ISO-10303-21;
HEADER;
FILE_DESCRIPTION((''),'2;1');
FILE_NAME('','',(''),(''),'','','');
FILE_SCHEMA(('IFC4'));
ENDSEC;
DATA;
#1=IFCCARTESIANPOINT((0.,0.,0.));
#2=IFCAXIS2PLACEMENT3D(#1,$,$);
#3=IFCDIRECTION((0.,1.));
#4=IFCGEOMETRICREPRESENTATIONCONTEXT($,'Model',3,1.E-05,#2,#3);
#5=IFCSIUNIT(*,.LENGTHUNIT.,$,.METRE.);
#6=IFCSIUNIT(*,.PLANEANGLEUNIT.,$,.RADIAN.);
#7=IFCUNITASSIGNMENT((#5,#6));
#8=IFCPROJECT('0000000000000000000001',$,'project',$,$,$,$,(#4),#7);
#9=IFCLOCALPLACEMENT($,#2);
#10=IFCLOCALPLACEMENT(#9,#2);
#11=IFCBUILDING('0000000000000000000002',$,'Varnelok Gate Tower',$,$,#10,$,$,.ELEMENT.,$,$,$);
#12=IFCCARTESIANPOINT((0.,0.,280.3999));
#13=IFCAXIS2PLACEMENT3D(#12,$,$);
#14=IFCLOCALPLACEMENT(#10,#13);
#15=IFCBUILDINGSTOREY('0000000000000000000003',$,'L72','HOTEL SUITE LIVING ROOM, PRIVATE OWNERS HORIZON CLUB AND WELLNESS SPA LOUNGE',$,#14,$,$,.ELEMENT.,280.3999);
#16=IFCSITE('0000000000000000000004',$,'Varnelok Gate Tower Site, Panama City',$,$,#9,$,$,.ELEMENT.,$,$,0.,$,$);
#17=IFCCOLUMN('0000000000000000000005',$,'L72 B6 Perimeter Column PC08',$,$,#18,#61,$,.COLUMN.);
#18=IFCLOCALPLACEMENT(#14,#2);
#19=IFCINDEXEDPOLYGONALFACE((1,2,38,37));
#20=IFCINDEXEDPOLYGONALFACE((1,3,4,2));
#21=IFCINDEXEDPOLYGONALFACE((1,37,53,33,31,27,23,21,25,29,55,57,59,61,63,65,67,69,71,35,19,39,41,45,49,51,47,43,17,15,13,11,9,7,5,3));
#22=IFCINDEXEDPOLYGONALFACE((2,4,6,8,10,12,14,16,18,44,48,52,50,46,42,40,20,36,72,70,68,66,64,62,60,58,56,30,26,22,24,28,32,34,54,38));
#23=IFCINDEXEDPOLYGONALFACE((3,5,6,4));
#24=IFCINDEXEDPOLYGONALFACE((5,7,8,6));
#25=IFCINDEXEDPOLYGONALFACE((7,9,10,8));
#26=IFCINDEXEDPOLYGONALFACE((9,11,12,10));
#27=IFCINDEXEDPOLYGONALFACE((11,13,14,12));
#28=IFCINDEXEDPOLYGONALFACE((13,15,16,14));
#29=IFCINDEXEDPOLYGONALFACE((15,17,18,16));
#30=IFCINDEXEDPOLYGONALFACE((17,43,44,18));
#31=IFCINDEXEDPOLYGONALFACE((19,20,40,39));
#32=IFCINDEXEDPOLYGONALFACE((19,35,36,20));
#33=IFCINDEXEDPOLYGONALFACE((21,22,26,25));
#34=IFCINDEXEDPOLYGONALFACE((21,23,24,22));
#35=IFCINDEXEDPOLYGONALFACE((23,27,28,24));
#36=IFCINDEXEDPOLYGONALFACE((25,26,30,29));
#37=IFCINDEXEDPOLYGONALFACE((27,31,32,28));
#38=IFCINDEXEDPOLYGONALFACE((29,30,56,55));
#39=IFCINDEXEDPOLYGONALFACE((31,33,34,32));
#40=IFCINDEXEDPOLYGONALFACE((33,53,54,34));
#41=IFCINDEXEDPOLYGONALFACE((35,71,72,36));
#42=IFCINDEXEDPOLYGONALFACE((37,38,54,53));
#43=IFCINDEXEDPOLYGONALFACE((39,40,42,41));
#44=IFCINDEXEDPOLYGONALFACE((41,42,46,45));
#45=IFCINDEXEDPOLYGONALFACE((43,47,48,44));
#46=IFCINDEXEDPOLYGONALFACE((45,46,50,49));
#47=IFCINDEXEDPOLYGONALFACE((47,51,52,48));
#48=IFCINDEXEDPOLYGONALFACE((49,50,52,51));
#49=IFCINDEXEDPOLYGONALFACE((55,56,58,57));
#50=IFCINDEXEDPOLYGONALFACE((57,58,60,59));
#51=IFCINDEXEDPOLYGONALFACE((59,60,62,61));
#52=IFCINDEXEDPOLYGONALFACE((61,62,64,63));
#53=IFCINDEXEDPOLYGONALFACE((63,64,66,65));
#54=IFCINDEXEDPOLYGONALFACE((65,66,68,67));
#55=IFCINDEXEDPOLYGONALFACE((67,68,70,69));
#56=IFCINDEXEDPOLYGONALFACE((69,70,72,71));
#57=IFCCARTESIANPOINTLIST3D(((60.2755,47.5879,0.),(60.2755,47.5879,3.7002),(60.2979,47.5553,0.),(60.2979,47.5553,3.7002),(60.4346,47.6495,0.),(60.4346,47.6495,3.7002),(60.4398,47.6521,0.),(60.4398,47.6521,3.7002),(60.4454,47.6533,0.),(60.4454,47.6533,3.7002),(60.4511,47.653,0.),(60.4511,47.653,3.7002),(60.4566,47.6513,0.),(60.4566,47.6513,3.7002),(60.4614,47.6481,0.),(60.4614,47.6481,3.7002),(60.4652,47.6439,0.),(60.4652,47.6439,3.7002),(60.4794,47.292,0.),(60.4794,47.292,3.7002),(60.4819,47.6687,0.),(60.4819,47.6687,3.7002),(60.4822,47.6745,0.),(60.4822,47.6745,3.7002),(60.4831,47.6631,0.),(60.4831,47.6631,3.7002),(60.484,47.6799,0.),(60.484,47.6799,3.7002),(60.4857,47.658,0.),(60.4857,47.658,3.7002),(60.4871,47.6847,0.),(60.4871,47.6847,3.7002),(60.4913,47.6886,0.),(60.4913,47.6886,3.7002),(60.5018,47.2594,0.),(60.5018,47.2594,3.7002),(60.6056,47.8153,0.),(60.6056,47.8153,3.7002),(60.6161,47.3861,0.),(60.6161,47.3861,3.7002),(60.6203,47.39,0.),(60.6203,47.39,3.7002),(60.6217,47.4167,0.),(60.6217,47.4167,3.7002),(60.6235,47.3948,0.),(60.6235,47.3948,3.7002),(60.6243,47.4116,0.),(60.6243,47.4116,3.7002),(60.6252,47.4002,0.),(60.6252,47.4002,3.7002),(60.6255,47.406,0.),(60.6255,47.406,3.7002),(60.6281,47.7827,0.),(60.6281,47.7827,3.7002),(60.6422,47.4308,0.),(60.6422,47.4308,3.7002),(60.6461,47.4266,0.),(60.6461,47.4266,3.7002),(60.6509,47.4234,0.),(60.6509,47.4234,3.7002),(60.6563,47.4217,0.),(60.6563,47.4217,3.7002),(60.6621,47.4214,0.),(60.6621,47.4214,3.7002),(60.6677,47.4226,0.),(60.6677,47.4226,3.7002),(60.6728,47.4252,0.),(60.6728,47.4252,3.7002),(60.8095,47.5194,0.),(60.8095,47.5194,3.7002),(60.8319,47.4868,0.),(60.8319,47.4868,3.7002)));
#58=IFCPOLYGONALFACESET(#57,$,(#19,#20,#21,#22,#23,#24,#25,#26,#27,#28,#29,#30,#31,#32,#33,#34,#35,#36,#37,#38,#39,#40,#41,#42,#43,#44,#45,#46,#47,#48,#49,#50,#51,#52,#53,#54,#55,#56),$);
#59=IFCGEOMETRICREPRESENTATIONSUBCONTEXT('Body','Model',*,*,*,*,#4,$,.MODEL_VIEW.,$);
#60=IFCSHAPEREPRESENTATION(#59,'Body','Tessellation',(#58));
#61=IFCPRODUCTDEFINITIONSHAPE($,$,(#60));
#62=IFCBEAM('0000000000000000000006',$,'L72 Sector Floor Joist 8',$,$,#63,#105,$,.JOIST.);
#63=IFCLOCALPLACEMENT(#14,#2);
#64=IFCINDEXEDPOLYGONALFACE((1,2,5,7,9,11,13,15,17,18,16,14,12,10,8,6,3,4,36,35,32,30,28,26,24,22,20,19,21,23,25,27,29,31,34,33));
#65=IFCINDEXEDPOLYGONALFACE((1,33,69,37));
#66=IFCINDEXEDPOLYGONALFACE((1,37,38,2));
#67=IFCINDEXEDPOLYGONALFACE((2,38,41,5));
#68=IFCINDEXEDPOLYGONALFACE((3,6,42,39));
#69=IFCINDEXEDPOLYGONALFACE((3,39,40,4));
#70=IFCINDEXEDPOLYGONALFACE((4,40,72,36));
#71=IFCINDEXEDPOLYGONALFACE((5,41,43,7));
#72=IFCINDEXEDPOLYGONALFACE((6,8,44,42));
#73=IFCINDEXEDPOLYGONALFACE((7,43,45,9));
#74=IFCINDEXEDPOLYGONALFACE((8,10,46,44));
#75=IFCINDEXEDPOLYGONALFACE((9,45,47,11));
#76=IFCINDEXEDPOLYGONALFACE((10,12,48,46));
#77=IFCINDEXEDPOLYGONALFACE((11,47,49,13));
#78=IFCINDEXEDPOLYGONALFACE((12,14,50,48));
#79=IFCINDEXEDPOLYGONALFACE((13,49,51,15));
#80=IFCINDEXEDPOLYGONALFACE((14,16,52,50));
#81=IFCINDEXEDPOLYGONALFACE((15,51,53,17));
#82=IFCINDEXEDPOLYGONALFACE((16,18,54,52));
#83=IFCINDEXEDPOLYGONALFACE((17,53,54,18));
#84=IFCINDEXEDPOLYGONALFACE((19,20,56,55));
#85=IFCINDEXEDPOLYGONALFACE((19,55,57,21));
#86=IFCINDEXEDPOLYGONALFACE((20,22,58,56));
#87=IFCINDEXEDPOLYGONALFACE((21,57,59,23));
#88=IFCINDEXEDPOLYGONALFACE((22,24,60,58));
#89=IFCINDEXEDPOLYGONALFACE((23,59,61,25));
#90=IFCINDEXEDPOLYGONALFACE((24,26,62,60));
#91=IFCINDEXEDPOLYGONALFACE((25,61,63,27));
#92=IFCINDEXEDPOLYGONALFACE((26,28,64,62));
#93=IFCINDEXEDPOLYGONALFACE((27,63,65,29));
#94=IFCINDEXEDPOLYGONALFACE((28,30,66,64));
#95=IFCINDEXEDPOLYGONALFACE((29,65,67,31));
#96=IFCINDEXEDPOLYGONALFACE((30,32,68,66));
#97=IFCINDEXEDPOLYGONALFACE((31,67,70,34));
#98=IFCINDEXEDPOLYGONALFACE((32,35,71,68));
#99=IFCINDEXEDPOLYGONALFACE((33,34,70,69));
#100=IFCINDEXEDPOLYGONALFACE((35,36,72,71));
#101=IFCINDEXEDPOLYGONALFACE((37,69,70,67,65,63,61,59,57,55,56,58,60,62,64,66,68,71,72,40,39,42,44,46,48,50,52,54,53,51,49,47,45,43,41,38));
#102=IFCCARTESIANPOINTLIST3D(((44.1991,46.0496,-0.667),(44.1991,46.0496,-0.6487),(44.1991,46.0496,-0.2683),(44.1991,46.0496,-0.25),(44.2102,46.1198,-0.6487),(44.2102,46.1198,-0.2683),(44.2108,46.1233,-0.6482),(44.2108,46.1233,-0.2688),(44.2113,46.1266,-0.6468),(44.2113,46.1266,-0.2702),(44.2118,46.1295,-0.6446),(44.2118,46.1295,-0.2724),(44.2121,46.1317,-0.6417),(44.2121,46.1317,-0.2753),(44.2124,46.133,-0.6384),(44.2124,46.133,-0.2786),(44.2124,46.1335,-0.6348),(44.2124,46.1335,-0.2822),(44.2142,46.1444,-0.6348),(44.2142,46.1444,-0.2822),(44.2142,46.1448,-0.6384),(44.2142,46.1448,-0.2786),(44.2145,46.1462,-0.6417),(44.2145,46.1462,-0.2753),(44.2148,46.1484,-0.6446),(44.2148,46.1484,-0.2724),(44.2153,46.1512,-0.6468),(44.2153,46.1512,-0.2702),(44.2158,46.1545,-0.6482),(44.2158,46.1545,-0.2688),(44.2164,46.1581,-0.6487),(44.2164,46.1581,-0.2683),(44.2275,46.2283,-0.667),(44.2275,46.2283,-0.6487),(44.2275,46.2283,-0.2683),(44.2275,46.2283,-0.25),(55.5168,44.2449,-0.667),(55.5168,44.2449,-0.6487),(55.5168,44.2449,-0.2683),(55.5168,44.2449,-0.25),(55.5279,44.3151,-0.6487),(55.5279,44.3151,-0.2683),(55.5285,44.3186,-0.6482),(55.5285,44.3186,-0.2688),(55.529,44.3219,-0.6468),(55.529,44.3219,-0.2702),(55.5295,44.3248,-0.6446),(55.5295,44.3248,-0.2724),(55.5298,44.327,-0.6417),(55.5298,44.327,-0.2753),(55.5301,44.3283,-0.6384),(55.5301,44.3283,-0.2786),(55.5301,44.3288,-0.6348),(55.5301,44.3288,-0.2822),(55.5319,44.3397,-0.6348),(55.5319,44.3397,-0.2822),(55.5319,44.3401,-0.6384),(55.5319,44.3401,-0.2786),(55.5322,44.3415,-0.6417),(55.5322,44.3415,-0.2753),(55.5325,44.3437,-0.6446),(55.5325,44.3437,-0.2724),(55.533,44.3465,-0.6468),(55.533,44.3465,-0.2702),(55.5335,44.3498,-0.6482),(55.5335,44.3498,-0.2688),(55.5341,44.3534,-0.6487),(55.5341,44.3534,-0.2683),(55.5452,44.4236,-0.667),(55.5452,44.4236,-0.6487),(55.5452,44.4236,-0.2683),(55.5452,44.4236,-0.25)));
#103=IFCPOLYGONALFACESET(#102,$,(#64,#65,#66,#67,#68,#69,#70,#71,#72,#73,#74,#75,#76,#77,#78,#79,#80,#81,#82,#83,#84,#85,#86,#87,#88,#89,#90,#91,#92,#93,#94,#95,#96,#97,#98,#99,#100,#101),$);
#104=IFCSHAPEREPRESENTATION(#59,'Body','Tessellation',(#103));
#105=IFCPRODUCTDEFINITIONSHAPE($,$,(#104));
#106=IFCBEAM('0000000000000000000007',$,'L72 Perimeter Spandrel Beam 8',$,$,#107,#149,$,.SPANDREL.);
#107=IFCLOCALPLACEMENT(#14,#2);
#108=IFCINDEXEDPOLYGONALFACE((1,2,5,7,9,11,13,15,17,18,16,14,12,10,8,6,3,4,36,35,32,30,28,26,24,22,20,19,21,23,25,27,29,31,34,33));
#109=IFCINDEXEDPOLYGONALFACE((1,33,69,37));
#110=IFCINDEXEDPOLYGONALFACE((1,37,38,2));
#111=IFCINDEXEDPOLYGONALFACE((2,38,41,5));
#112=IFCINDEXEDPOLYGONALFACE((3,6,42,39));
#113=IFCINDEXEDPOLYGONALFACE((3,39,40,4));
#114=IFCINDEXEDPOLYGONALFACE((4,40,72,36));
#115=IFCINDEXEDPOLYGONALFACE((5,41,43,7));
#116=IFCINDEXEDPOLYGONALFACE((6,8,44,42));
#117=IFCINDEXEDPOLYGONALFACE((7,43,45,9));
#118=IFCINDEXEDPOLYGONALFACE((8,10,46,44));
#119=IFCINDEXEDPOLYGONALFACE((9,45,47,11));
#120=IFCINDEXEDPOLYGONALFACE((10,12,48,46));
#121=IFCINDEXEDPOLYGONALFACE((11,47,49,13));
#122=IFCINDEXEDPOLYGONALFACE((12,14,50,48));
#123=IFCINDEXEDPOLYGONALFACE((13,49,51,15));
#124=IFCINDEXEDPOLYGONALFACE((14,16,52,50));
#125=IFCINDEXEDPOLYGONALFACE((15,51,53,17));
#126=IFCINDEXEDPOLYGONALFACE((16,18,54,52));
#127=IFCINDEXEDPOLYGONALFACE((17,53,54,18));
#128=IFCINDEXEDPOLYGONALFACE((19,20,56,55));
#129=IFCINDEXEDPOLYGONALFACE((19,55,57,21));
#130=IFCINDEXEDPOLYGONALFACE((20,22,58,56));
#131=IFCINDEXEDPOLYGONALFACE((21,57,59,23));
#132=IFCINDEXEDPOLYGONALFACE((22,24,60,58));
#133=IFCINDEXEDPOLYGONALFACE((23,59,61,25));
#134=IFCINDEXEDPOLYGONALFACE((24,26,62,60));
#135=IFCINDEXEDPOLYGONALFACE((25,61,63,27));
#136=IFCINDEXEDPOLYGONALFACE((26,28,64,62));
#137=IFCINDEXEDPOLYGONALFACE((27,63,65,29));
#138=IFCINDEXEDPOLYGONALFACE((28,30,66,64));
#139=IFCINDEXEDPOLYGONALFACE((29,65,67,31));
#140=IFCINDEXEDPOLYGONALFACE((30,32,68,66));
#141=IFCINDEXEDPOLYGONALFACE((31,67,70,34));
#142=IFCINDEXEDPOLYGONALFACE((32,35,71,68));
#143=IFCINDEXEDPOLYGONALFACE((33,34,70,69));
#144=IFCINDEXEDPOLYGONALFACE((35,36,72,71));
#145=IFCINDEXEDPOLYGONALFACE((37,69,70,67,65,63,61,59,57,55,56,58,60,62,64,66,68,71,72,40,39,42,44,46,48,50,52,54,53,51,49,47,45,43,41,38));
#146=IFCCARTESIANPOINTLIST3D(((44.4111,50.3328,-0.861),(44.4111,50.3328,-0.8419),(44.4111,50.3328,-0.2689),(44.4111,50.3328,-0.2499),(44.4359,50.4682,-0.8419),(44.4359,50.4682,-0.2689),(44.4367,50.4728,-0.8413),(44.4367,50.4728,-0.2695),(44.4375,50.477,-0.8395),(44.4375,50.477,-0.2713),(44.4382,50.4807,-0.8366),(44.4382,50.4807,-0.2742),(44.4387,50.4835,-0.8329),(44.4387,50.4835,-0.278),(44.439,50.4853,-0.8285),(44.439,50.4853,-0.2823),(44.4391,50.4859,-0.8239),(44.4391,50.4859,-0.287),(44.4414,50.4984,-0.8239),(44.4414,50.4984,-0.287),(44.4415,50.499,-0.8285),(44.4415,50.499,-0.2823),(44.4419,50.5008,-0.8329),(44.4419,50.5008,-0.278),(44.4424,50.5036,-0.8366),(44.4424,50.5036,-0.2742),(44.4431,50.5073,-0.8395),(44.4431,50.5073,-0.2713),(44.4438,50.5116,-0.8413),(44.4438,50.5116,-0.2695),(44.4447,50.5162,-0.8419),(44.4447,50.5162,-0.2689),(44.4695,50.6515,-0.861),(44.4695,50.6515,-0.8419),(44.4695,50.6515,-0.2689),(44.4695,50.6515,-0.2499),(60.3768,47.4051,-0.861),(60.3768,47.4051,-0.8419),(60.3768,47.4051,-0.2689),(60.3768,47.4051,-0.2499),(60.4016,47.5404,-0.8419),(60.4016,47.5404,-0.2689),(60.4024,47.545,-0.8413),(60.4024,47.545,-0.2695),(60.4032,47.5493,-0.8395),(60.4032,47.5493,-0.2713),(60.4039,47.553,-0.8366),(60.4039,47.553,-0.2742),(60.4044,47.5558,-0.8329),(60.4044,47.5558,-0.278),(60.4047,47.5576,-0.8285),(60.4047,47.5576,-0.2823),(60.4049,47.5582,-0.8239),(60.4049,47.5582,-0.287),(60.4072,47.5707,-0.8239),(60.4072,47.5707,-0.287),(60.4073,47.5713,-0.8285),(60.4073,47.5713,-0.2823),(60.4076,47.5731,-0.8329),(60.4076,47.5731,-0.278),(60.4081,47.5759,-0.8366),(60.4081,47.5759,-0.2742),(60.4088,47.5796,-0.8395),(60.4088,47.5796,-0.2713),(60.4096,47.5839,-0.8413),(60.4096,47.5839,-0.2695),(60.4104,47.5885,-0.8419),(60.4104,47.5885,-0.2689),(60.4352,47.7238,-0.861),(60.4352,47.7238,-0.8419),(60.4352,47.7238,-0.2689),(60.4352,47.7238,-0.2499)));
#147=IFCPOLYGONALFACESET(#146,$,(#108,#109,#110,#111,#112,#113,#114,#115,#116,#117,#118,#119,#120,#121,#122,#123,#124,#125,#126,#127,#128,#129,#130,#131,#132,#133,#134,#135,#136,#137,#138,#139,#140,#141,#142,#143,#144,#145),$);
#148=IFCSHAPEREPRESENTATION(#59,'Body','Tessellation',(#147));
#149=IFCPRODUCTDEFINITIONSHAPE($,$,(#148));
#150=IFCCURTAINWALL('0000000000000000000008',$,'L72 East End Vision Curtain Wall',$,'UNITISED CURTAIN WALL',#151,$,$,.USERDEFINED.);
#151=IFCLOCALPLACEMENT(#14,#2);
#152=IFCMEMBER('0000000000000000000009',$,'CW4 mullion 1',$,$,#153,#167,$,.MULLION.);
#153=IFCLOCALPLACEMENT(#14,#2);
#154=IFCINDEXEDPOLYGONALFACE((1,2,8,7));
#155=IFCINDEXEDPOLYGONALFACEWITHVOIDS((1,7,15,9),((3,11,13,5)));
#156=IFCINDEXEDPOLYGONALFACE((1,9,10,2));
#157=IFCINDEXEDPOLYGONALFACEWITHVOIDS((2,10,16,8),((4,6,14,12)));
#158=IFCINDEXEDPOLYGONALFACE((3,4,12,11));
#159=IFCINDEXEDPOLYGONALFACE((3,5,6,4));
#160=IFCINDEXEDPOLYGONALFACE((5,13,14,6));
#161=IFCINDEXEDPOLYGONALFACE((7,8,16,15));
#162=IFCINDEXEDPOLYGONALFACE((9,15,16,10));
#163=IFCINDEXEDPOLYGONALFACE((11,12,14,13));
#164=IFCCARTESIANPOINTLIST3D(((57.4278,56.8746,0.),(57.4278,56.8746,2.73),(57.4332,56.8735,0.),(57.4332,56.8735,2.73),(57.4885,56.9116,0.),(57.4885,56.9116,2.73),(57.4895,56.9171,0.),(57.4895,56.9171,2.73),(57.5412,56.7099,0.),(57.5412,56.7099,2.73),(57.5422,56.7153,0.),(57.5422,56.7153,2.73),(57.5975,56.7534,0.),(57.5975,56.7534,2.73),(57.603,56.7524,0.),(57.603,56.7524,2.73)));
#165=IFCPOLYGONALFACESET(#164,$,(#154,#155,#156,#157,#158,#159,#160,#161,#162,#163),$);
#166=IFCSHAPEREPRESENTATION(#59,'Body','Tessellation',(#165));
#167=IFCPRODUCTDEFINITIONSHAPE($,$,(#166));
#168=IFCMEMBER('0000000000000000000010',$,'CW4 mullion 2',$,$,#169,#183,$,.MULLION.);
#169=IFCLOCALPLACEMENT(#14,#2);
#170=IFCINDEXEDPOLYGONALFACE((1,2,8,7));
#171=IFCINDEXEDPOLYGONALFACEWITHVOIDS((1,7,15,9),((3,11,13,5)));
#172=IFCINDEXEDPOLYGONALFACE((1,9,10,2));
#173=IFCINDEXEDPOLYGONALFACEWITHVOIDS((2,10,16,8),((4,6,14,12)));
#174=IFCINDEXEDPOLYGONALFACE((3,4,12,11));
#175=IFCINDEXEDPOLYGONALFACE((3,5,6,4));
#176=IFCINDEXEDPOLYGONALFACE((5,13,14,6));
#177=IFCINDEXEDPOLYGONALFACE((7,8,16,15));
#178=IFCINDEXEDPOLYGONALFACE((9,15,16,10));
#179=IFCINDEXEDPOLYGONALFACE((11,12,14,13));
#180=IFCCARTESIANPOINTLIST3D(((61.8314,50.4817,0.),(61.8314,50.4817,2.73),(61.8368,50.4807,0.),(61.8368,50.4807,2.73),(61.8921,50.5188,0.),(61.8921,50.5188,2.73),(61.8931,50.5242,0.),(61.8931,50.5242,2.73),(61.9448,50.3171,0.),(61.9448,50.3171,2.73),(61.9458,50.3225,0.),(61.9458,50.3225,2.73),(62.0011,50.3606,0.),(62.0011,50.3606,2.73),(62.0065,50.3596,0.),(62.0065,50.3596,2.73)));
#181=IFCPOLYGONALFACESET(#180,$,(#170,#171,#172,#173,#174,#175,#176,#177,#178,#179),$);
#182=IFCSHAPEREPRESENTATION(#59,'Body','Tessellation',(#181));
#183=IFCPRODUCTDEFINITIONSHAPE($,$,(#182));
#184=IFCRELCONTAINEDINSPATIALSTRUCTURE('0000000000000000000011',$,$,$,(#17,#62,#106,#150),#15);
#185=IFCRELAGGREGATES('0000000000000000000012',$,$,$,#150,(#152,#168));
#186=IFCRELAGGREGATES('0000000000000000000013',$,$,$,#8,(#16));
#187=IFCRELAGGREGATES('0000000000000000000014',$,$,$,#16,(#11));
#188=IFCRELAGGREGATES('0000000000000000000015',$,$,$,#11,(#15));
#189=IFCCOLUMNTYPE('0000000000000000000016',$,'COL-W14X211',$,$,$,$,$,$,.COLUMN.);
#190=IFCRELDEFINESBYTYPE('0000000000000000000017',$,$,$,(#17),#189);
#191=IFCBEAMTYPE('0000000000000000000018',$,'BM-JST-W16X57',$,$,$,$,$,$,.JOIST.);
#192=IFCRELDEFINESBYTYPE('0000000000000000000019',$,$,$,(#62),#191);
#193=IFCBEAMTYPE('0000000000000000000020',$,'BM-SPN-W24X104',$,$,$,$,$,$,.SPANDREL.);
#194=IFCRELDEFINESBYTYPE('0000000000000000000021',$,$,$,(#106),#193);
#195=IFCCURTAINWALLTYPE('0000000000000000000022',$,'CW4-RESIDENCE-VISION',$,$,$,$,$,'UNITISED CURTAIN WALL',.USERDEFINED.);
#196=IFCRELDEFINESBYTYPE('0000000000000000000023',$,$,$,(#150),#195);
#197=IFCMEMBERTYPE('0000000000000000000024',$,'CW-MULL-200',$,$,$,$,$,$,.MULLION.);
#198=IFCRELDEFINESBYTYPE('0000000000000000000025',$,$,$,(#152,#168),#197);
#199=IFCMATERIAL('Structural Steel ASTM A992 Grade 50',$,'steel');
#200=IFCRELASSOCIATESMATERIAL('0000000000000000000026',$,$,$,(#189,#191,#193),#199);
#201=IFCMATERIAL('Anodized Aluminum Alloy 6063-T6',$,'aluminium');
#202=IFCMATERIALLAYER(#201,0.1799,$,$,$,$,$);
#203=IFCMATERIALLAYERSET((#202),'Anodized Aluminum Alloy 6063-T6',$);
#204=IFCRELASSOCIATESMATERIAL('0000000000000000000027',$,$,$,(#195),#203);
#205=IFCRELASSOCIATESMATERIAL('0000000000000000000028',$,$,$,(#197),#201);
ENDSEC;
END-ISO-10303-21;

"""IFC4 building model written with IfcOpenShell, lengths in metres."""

from ifc_helpers import new_model, si_unit, direction, frame, origin, origin_2d, place, context, subcontext, project, spatial, hollow_rectangle, i_section, extrude, material, layer, layer_set, material_profile, profile_set, type_object, element, aggregate, save


model = new_model("IFC4")

# Units and contexts
model_context = context("Model", 3, precision=1e-05, world=origin(), true_north=direction((0.0, 1.0)))
body_context = subcontext(model_context, "Body", "Model", "MODEL_VIEW")
ifc_project = project(units=[si_unit("LENGTHUNIT", "METRE"), si_unit("PLANEANGLEUNIT", "RADIAN")], contexts=[model_context])

# Site, building, storey
site_placement = place(None, origin())
site = spatial("IfcSite", under=ifc_project, at=site_placement, Name="Varnelok Gate Tower Site, Panama City", CompositionType="ELEMENT", RefElevation=0.0)
building_placement = place(site_placement, origin())
building = spatial("IfcBuilding", under=site, at=building_placement, Name="Varnelok Gate Tower", CompositionType="ELEMENT")
storey_placement = place(building_placement, frame((0.0, 0.0, 280.3999)))
storey = spatial("IfcBuildingStorey", under=building, at=storey_placement, Name="L72", Description="HOTEL SUITE LIVING ROOM, PRIVATE OWNERS HORIZON CLUB AND WELLNESS SPA LOUNGE", CompositionType="ELEMENT", Elevation=280.3999)

# Column
ifc_material_1 = material(Name="Structural Steel ASTM A992 Grade 50", Category="steel")
ifc_material_profile_1 = material_profile(ifc_material_1, i_section(OverallWidth=0.4009, OverallDepth=0.3989, WebThickness=0.0249, FlangeThickness=0.0396, FilletRadius=0.022, at=origin_2d()), Name="W14X211")
ifc_profile_set_1 = profile_set([ifc_material_profile_1], Name="Structural Steel ASTM A992 Grade 50")
column_type = type_object("IfcColumnType", Name="COL-W14X211", PredefinedType="COLUMN", material=ifc_profile_set_1)
column_placement = place(storey_placement, frame((60.5537, 47.5374, 0.0), z_axis=(0.0, 0.0, 1.0), x_axis=(0.823533, 0.567269, 0.0)))
element("IfcColumn", 1, at=column_placement, inside=storey, type_object=column_type, Name="L72 B6 Perimeter Column PC08", PredefinedType="COLUMN", context=body_context, shape_type="SweptSolid", body=[
    extrude(i_section(OverallWidth=0.4009, OverallDepth=0.3989, WebThickness=0.0249, FlangeThickness=0.0396, FilletRadius=0.022, at=origin_2d()), origin(), (0.0, 0.0, 1.0), 3.7002),
])

# Beams
ifc_material_profile_2 = material_profile(ifc_material_1, i_section(OverallWidth=0.1809, OverallDepth=0.417, WebThickness=0.011, FlangeThickness=0.0183, FilletRadius=0.0139, at=origin_2d()), Name="W16X57")
ifc_profile_set_2 = profile_set([ifc_material_profile_2], Name="Structural Steel ASTM A992 Grade 50")
beam_type_1 = type_object("IfcBeamType", Name="BM-JST-W16X57", PredefinedType="JOIST", material=ifc_profile_set_2)
beam_1_placement = place(storey_placement, frame((55.531, 44.3342, -0.4585), z_axis=(-0.987524, 0.157469, 0.0), x_axis=(-0.157469, -0.987524, 0.0)))
element("IfcBeam", 2, at=beam_1_placement, inside=storey, type_object=beam_type_1, Name="L72 Sector Floor Joist 8", PredefinedType="JOIST", context=body_context, shape_type="SweptSolid", body=[
    extrude(i_section(OverallWidth=0.1809, OverallDepth=0.417, WebThickness=0.011, FlangeThickness=0.0183, FilletRadius=0.0139, at=origin_2d()), origin(), (0.0, 0.0, 1.0), 11.4607),
])
ifc_material_profile_3 = material_profile(ifc_material_1, i_section(OverallWidth=0.324, OverallDepth=0.6111, WebThickness=0.0127, FlangeThickness=0.019, FilletRadius=0.0181, at=origin_2d()), Name="W24X104")
ifc_profile_set_3 = profile_set([ifc_material_profile_3], Name="Structural Steel ASTM A992 Grade 50")
beam_type_2 = type_object("IfcBeamType", Name="BM-SPN-W24X104", PredefinedType="SPANDREL", material=ifc_profile_set_3)
beam_2_placement = place(storey_placement, frame((60.406, 47.5645, -0.5554), z_axis=(-0.983599, 0.180368, 0.0), x_axis=(-0.180368, -0.983599, 0.0)))
element("IfcBeam", 3, at=beam_2_placement, inside=storey, type_object=beam_type_2, Name="L72 Perimeter Spandrel Beam 8", PredefinedType="SPANDREL", context=body_context, shape_type="SweptSolid", body=[
    extrude(i_section(OverallWidth=0.324, OverallDepth=0.6111, WebThickness=0.0127, FlangeThickness=0.019, FilletRadius=0.0181, at=origin_2d()), origin(), (0.0, 0.0, 1.0), 16.2319),
])

# Curtain wall, members
ifc_material_2 = material(Name="Anodized Aluminum Alloy 6063-T6", Category="aluminium")
ifc_layer_1 = layer(ifc_material_2, 0.1799)
ifc_layer_set_1 = layer_set([ifc_layer_1], Name="Anodized Aluminum Alloy 6063-T6")
curtain_wall_type = type_object("IfcCurtainWallType", Name="CW4-RESIDENCE-VISION", ElementType="UNITISED CURTAIN WALL", PredefinedType="USERDEFINED", material=ifc_layer_set_1)
curtain_wall_placement = place(storey_placement, origin())
curtain_wall = element("IfcCurtainWall", 4, at=curtain_wall_placement, inside=storey, type_object=curtain_wall_type, Name="L72 East End Vision Curtain Wall", ObjectType="UNITISED CURTAIN WALL", PredefinedType="USERDEFINED")
ifc_material_profile_4 = material_profile(ifc_material_2, hollow_rectangle(XDim=0.075, YDim=0.2, WallThickness=0.0039, at=origin_2d()), Name="ALU200X75X4")
ifc_profile_set_4 = profile_set([ifc_material_profile_4], Name="Anodized Aluminum Alloy 6063-T6")
member_type_1 = type_object("IfcMemberType", Name="CW-MULL-200", PredefinedType="MULLION", material=ifc_profile_set_4)
member_1_placement = place(storey_placement, frame((57.5154, 56.8135, 0.0), z_axis=(0.0, 0.0, 1.0), x_axis=(0.823532, 0.567269, 0.0)))
member_1 = element("IfcMember", 5, at=member_1_placement, type_object=member_type_1, Name="CW4 mullion 1", PredefinedType="MULLION", context=body_context, shape_type="SweptSolid", body=[
    extrude(hollow_rectangle(XDim=0.075, YDim=0.2, WallThickness=0.0039, at=origin_2d()), origin(), (0.0, 0.0, 1.0), 2.73),
])
member_2_placement = place(storey_placement, frame((61.9189, 50.4207, 0.0), z_axis=(0.0, 0.0, 1.0), x_axis=(0.823532, 0.567269, 0.0)))
member_2 = element("IfcMember", 6, at=member_2_placement, type_object=member_type_1, Name="CW4 mullion 2", PredefinedType="MULLION", context=body_context, shape_type="SweptSolid", body=[
    extrude(hollow_rectangle(XDim=0.075, YDim=0.2, WallThickness=0.0039, at=origin_2d()), origin(), (0.0, 0.0, 1.0), 2.73),
])
aggregate(curtain_wall, [member_1, member_2])

save(model, "model.ifc")
